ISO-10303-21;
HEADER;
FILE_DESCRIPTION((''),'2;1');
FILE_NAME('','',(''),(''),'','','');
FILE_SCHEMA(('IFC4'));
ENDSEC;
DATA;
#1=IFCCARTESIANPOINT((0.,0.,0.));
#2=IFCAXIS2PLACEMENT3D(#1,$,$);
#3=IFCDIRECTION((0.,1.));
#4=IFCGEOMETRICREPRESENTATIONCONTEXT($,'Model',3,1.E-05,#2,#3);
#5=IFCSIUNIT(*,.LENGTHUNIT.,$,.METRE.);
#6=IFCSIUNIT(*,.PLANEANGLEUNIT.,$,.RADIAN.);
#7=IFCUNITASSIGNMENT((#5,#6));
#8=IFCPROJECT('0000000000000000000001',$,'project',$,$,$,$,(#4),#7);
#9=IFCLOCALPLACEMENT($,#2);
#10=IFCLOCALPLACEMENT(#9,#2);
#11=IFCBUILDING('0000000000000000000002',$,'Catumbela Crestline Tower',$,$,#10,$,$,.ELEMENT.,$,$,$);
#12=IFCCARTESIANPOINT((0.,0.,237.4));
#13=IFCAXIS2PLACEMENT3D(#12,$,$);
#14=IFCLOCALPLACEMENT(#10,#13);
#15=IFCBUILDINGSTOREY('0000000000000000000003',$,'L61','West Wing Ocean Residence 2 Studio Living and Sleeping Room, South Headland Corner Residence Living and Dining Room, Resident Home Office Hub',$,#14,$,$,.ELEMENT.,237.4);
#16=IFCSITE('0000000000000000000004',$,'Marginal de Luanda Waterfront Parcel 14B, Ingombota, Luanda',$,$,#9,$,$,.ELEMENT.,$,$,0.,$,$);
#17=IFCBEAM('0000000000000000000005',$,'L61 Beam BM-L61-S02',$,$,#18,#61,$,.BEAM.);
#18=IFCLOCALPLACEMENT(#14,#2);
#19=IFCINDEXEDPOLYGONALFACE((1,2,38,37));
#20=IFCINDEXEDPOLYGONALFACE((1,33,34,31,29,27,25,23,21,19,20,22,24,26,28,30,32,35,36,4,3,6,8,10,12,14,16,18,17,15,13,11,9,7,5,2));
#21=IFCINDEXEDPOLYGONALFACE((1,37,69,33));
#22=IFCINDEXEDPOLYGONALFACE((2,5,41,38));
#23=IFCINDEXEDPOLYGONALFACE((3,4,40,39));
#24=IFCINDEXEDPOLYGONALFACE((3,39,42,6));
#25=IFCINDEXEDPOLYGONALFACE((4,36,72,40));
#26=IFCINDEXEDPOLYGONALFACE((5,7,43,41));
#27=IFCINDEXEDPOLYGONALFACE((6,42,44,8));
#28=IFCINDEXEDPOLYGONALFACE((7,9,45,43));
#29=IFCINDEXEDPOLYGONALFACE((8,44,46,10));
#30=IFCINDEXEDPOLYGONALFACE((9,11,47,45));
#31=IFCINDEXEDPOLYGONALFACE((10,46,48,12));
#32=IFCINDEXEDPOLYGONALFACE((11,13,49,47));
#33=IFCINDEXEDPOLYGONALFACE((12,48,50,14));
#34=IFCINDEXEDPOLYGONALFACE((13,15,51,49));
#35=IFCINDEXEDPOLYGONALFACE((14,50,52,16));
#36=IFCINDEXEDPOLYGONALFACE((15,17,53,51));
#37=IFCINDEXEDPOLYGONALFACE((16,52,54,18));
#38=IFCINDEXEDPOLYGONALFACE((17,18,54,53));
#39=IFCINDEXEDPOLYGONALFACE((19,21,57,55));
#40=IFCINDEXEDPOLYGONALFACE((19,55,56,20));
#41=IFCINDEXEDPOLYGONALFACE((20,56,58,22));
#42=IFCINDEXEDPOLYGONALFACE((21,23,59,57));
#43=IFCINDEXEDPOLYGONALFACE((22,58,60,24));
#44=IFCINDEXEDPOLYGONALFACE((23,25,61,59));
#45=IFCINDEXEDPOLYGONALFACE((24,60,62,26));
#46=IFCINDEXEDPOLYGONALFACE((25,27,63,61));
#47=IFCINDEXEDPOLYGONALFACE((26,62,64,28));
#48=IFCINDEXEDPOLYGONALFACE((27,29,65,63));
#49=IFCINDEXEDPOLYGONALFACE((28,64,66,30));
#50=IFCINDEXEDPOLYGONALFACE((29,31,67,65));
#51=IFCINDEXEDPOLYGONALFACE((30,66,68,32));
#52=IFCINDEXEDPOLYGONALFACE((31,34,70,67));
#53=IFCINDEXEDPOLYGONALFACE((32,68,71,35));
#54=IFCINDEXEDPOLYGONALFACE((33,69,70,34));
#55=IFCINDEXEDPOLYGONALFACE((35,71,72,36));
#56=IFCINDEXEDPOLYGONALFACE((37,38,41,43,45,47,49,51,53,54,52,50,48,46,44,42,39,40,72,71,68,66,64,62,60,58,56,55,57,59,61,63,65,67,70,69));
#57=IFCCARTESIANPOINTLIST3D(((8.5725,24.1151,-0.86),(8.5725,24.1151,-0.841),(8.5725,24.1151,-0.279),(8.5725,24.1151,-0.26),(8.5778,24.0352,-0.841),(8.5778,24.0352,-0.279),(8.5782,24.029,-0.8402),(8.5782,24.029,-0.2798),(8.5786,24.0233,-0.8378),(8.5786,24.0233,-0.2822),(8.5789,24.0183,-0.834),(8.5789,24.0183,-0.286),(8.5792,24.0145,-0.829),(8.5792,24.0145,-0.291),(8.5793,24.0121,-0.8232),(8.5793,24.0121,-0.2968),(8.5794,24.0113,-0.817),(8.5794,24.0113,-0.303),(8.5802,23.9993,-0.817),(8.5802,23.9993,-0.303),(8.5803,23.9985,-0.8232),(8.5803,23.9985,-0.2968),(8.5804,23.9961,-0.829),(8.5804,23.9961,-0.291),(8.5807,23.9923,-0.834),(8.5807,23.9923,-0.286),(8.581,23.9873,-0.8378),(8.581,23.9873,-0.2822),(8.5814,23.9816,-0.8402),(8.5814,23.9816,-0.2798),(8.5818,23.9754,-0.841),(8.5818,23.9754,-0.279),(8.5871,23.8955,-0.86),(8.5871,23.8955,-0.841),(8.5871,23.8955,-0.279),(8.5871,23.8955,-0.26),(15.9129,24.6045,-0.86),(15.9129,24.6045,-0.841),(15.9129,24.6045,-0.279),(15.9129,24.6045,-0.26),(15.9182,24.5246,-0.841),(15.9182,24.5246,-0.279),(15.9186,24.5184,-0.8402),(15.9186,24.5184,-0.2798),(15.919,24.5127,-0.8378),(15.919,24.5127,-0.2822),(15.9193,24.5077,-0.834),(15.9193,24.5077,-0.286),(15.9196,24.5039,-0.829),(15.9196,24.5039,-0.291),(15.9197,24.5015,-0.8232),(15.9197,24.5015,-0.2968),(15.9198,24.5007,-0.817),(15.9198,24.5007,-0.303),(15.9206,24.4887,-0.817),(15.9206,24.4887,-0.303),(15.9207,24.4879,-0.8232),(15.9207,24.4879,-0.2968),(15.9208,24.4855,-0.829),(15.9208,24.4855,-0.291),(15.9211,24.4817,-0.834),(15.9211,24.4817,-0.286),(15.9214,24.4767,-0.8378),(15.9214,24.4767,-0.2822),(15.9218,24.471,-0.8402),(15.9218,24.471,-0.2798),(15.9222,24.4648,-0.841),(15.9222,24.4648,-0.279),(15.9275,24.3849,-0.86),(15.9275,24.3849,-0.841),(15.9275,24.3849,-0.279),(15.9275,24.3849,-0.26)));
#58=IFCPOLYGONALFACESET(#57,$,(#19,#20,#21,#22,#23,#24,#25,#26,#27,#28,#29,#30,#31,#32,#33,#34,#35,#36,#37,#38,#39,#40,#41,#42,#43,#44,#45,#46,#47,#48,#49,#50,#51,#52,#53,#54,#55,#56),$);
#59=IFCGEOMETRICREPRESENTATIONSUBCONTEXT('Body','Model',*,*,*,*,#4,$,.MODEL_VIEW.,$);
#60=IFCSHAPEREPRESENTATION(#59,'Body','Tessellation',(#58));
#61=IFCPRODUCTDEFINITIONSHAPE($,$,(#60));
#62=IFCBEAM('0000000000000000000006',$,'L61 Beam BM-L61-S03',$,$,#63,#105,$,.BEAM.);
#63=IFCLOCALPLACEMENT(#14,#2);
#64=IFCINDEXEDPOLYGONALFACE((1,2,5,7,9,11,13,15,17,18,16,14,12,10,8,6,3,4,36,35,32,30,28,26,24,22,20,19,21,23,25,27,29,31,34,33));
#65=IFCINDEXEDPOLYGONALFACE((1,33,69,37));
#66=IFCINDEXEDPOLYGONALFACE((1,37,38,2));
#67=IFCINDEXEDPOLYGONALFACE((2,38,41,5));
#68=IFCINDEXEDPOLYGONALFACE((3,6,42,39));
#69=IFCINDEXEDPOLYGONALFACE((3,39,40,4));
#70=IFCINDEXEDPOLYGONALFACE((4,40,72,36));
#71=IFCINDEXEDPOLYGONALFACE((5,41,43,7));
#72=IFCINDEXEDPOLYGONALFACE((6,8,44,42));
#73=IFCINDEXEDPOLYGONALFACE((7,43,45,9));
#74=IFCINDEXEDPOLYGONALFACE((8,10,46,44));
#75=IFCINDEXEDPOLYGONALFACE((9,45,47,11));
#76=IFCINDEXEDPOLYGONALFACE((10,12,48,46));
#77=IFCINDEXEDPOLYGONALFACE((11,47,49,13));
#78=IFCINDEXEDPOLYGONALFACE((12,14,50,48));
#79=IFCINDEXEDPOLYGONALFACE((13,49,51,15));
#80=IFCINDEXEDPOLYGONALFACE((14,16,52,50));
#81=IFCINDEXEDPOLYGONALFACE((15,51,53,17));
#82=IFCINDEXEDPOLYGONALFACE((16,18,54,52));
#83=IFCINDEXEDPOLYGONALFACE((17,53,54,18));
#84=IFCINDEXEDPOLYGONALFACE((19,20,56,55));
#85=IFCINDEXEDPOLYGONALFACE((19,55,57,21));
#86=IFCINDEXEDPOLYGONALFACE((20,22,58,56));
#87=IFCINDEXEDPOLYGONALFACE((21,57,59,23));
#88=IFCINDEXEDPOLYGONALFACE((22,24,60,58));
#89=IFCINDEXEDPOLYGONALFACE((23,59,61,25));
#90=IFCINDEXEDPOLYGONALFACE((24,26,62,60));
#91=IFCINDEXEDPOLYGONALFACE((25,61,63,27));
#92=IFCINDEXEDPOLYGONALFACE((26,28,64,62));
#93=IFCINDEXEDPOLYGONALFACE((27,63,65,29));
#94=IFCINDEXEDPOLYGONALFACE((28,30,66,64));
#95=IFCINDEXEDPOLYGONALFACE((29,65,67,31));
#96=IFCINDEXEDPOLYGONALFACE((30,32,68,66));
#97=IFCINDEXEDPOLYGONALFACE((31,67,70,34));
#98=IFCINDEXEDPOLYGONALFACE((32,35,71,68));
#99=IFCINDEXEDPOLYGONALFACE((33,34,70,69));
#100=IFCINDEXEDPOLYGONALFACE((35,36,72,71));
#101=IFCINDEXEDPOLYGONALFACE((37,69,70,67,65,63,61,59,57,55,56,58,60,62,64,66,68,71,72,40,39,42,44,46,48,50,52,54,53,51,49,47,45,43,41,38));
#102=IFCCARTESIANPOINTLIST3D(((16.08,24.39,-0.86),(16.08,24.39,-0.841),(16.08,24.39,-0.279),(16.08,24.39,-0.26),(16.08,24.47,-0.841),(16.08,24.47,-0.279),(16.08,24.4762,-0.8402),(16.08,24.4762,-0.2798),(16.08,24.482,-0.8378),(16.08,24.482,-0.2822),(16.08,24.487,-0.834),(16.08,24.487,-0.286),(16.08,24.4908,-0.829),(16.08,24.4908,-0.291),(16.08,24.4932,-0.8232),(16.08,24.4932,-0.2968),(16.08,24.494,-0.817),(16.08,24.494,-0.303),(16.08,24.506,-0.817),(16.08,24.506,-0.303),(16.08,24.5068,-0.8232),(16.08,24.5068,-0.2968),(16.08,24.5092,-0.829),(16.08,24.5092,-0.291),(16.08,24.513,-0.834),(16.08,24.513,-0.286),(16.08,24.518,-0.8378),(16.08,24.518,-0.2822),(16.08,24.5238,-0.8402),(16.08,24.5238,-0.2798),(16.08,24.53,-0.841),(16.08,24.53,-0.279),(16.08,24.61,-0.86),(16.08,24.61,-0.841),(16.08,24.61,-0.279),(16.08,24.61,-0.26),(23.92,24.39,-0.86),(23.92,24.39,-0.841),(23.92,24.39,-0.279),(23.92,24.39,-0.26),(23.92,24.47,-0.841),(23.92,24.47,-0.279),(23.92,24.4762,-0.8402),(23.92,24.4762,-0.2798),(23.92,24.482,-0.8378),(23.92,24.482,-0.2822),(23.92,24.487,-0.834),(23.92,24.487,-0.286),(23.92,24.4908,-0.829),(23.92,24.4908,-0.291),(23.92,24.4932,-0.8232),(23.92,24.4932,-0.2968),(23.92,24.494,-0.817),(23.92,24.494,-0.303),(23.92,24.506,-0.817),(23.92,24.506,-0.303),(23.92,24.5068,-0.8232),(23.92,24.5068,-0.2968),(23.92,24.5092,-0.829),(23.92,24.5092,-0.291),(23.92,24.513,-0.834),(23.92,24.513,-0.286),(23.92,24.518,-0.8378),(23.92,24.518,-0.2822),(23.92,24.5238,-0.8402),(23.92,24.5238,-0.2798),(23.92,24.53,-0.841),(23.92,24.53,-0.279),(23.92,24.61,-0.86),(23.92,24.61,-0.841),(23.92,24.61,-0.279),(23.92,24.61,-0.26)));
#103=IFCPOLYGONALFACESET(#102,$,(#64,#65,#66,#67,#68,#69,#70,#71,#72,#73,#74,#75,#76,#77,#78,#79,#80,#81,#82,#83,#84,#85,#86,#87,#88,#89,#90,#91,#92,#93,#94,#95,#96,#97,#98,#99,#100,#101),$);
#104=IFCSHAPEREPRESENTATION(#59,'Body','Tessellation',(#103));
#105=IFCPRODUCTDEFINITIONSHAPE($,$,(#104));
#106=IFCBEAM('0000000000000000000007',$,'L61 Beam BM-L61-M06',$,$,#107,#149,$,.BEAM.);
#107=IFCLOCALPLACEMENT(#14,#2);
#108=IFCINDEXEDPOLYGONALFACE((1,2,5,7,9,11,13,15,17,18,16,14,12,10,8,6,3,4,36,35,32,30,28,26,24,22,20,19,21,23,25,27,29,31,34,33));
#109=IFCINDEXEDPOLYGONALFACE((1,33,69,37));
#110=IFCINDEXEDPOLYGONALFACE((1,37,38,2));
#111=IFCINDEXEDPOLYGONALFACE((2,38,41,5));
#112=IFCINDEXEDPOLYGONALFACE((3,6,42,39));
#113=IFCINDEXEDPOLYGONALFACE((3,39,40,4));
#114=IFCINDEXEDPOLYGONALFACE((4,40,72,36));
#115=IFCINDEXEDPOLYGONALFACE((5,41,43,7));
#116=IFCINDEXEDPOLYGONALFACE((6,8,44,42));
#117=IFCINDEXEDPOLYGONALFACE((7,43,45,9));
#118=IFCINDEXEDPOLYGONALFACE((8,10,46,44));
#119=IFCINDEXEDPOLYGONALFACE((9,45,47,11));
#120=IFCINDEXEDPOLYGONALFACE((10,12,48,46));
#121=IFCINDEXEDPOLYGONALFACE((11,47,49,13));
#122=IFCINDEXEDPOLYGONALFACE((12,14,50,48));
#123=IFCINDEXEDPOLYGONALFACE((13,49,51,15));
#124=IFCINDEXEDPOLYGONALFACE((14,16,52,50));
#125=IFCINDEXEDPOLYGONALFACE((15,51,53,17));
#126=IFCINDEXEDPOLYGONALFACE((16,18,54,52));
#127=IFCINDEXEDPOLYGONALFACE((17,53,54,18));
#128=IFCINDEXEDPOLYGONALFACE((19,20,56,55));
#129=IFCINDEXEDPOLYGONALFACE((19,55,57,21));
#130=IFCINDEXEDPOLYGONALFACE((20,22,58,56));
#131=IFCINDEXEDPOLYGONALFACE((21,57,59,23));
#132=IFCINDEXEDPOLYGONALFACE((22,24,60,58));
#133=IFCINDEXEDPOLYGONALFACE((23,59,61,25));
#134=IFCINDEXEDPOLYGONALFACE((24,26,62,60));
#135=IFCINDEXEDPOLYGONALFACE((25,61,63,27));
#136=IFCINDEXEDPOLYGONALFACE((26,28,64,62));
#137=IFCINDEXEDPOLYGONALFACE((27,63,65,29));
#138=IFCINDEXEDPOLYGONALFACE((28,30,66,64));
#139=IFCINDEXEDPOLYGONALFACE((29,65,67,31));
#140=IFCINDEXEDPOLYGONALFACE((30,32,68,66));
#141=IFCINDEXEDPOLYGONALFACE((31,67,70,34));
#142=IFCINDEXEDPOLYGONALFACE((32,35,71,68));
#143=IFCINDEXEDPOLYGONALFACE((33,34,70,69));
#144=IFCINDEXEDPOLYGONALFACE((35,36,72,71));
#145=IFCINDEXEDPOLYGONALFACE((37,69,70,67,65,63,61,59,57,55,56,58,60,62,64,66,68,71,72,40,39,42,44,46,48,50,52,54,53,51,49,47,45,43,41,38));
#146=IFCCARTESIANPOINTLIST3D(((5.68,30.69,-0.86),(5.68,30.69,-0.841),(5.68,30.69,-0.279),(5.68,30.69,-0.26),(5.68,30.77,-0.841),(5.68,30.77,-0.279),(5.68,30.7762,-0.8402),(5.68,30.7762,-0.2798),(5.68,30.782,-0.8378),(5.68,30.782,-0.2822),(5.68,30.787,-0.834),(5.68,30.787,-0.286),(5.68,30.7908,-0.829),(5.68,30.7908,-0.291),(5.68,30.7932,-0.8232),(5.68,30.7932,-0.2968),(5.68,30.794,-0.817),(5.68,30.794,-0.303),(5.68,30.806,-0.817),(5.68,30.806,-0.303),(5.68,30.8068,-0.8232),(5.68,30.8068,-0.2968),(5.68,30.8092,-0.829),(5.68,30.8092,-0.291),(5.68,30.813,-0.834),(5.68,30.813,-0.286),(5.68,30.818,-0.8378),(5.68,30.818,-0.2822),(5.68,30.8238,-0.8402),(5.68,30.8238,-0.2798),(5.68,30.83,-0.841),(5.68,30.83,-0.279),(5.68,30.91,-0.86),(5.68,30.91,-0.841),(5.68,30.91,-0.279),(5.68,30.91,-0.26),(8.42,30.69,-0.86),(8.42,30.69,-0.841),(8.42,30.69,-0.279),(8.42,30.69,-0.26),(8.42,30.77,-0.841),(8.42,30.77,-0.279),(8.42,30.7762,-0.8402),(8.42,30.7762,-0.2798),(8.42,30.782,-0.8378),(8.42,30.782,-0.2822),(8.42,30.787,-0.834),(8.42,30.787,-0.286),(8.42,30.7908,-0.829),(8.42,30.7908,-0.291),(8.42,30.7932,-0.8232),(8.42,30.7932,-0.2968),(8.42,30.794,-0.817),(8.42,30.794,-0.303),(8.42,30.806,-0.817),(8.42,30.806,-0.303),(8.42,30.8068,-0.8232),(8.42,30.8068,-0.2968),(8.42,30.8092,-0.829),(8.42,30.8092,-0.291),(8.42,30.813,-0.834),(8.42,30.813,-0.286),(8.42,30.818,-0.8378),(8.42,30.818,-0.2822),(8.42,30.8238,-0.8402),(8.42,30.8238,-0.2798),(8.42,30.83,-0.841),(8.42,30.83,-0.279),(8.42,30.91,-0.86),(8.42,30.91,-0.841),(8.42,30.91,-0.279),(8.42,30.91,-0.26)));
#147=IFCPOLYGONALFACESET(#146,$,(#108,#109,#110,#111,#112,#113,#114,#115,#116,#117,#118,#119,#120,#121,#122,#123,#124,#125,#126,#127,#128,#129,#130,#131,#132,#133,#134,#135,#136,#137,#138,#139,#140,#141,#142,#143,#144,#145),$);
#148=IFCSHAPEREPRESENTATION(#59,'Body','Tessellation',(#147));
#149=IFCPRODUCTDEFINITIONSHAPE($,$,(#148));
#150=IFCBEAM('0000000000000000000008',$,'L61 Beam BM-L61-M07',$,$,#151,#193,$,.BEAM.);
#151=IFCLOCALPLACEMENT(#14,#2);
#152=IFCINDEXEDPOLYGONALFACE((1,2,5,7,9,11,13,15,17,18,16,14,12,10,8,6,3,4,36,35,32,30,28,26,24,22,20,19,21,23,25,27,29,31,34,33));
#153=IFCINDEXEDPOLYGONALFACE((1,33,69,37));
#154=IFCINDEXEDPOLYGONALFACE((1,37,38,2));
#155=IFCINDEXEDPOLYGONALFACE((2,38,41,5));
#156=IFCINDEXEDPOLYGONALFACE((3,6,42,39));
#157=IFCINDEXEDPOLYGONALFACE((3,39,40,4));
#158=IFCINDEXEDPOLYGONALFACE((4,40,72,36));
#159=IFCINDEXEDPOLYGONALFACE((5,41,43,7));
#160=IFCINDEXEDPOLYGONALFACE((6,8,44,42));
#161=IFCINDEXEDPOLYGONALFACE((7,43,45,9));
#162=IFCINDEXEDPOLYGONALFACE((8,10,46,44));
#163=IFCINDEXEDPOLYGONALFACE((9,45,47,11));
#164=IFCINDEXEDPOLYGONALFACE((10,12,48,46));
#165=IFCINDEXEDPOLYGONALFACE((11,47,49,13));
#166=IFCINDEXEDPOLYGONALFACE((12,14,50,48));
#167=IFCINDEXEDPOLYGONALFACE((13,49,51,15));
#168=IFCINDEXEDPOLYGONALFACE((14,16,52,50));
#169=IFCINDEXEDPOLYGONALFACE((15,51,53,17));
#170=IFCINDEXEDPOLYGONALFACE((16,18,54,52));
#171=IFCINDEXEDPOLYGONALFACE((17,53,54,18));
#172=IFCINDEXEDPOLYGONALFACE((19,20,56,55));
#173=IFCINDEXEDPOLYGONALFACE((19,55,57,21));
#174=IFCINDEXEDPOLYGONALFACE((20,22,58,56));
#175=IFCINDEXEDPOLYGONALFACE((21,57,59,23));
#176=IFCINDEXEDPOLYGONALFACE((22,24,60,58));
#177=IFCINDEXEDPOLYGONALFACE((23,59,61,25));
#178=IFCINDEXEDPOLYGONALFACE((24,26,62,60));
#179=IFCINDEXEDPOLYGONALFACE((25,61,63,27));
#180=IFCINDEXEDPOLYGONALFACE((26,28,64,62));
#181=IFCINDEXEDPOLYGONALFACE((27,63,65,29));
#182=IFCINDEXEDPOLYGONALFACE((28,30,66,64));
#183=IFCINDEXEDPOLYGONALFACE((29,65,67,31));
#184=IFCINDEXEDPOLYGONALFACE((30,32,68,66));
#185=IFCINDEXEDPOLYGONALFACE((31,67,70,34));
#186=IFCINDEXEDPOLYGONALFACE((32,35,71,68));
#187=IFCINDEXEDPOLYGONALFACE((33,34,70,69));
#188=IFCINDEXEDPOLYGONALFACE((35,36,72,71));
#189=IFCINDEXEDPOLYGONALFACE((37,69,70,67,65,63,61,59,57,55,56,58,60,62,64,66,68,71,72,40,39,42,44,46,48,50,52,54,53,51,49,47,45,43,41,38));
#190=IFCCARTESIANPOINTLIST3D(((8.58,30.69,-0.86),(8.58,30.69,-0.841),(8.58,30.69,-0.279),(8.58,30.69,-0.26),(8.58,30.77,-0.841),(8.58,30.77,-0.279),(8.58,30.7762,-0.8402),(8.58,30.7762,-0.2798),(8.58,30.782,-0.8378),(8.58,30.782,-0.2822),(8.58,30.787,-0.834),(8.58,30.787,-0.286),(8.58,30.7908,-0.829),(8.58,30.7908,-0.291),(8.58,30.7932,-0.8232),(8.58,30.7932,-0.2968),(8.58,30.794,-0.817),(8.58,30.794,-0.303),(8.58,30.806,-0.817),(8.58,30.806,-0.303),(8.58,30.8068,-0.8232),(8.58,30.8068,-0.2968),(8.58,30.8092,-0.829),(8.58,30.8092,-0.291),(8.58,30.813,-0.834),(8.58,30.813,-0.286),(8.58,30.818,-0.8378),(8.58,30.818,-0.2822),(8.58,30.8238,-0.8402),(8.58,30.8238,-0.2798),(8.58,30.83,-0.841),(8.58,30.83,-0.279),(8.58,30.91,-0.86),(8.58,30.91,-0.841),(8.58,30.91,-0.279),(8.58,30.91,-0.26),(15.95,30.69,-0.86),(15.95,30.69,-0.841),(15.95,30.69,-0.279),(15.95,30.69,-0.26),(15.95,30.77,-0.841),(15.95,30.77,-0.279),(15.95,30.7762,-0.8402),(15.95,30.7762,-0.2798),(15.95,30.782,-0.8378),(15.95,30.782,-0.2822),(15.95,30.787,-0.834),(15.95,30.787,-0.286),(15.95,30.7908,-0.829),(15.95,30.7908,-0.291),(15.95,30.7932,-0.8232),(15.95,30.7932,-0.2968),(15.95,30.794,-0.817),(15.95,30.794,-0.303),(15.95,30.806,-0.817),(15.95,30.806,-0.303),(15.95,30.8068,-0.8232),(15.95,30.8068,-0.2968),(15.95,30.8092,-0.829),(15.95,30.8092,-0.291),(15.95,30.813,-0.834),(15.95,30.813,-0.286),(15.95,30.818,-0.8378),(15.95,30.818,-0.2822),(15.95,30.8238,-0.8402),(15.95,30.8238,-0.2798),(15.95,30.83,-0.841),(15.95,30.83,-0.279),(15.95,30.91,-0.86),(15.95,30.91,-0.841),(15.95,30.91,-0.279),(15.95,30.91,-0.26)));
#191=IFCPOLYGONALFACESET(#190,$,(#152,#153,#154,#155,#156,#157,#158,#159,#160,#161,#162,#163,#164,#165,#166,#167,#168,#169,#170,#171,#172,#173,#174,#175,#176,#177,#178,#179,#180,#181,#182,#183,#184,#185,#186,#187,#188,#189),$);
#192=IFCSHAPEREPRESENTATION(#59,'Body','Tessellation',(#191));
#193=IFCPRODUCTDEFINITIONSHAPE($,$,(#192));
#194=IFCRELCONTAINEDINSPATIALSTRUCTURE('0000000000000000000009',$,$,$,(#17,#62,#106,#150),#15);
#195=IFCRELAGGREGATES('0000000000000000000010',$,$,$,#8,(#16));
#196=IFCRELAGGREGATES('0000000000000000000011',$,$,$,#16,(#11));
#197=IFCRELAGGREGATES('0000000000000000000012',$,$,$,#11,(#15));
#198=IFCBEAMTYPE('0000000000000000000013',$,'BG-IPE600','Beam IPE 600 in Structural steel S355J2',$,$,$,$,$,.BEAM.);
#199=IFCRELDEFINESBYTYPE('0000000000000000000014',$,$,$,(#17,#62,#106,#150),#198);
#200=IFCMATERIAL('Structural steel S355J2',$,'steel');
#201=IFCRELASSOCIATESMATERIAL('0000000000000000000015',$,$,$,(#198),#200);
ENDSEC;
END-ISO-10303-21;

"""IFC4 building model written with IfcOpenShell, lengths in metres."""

from ifc_helpers import new_model, si_unit, direction, frame, origin, origin_2d, place, context, subcontext, project, spatial, i_section, extrude, material, material_profile, profile_set, type_object, element, save


model = new_model("IFC4")

# Units and contexts
model_context = context("Model", 3, precision=1e-05, world=origin(), true_north=direction((0.0, 1.0)))
body_context = subcontext(model_context, "Body", "Model", "MODEL_VIEW")
ifc_project = project(units=[si_unit("LENGTHUNIT", "METRE"), si_unit("PLANEANGLEUNIT", "RADIAN")], contexts=[model_context])

# Site, building, storey
site_placement = place(None, origin())
site = spatial("IfcSite", under=ifc_project, at=site_placement, Name="Marginal de Luanda Waterfront Parcel 14B, Ingombota, Luanda", CompositionType="ELEMENT", RefElevation=0.0)
building_placement = place(site_placement, origin())
building = spatial("IfcBuilding", under=site, at=building_placement, Name="Catumbela Crestline Tower", CompositionType="ELEMENT")
storey_placement = place(building_placement, frame((0.0, 0.0, 237.4)))
storey = spatial("IfcBuildingStorey", under=building, at=storey_placement, Name="L61", Description="West Wing Ocean Residence 2 Studio Living and Sleeping Room, South Headland Corner Residence Living and Dining Room, Resident Home Office Hub", CompositionType="ELEMENT", Elevation=237.4)

# Shared definitions
ifc_material_1 = material(Name="Structural steel S355J2", Category="steel")

# Beams
ifc_material_profile_1 = material_profile(ifc_material_1, i_section(OverallWidth=0.22, OverallDepth=0.6, WebThickness=0.012, FlangeThickness=0.019, FilletRadius=0.024, at=origin_2d()), Name="IPE 600")
ifc_profile_set_1 = profile_set([ifc_material_profile_1], Name="Structural steel S355J2")
beam_type = type_object("IfcBeamType", Name="BG-IPE600", Description="Beam IPE 600 in Structural steel S355J2", PredefinedType="BEAM", material=ifc_profile_set_1)
beam_1_placement = place(storey_placement, frame((8.5798, 24.0053, -0.56), z_axis=(0.997785, 0.066524, 0.0), x_axis=(-0.066524, 0.997785, 0.0)))
element("IfcBeam", 1, at=beam_1_placement, inside=storey, type_object=beam_type, Name="L61 Beam BM-L61-S02", PredefinedType="BEAM", context=body_context, shape_type="SweptSolid", body=[
    extrude(i_section(OverallWidth=0.22, OverallDepth=0.6, WebThickness=0.012, FlangeThickness=0.019, FilletRadius=0.024, at=origin_2d()), origin(), (0.0, 0.0, 1.0), 7.3567),
])
beam_2_placement = place(storey_placement, frame((16.08, 24.5, -0.56), z_axis=(1.0, 0.0, 0.0), x_axis=(0.0, 1.0, 0.0)))
element("IfcBeam", 2, at=beam_2_placement, inside=storey, type_object=beam_type, Name="L61 Beam BM-L61-S03", PredefinedType="BEAM", context=body_context, shape_type="SweptSolid", body=[
    extrude(i_section(OverallWidth=0.22, OverallDepth=0.6, WebThickness=0.012, FlangeThickness=0.019, FilletRadius=0.024, at=origin_2d()), origin(), (0.0, 0.0, 1.0), 7.84),
])
beam_3_placement = place(storey_placement, frame((5.68, 30.8, -0.56), z_axis=(1.0, 0.0, 0.0), x_axis=(0.0, 1.0, 0.0)))
element("IfcBeam", 3, at=beam_3_placement, inside=storey, type_object=beam_type, Name="L61 Beam BM-L61-M06", PredefinedType="BEAM", context=body_context, shape_type="SweptSolid", body=[
    extrude(i_section(OverallWidth=0.22, OverallDepth=0.6, WebThickness=0.012, FlangeThickness=0.019, FilletRadius=0.024, at=origin_2d()), origin(), (0.0, 0.0, 1.0), 2.74),
])
beam_4_placement = place(storey_placement, frame((8.58, 30.8, -0.56), z_axis=(1.0, 0.0, 0.0), x_axis=(0.0, 1.0, 0.0)))
element("IfcBeam", 4, at=beam_4_placement, inside=storey, type_object=beam_type, Name="L61 Beam BM-L61-M07", PredefinedType="BEAM", context=body_context, shape_type="SweptSolid", body=[
    extrude(i_section(OverallWidth=0.22, OverallDepth=0.6, WebThickness=0.012, FlangeThickness=0.019, FilletRadius=0.024, at=origin_2d()), origin(), (0.0, 0.0, 1.0), 7.37),
])

save(model, "model.ifc")
